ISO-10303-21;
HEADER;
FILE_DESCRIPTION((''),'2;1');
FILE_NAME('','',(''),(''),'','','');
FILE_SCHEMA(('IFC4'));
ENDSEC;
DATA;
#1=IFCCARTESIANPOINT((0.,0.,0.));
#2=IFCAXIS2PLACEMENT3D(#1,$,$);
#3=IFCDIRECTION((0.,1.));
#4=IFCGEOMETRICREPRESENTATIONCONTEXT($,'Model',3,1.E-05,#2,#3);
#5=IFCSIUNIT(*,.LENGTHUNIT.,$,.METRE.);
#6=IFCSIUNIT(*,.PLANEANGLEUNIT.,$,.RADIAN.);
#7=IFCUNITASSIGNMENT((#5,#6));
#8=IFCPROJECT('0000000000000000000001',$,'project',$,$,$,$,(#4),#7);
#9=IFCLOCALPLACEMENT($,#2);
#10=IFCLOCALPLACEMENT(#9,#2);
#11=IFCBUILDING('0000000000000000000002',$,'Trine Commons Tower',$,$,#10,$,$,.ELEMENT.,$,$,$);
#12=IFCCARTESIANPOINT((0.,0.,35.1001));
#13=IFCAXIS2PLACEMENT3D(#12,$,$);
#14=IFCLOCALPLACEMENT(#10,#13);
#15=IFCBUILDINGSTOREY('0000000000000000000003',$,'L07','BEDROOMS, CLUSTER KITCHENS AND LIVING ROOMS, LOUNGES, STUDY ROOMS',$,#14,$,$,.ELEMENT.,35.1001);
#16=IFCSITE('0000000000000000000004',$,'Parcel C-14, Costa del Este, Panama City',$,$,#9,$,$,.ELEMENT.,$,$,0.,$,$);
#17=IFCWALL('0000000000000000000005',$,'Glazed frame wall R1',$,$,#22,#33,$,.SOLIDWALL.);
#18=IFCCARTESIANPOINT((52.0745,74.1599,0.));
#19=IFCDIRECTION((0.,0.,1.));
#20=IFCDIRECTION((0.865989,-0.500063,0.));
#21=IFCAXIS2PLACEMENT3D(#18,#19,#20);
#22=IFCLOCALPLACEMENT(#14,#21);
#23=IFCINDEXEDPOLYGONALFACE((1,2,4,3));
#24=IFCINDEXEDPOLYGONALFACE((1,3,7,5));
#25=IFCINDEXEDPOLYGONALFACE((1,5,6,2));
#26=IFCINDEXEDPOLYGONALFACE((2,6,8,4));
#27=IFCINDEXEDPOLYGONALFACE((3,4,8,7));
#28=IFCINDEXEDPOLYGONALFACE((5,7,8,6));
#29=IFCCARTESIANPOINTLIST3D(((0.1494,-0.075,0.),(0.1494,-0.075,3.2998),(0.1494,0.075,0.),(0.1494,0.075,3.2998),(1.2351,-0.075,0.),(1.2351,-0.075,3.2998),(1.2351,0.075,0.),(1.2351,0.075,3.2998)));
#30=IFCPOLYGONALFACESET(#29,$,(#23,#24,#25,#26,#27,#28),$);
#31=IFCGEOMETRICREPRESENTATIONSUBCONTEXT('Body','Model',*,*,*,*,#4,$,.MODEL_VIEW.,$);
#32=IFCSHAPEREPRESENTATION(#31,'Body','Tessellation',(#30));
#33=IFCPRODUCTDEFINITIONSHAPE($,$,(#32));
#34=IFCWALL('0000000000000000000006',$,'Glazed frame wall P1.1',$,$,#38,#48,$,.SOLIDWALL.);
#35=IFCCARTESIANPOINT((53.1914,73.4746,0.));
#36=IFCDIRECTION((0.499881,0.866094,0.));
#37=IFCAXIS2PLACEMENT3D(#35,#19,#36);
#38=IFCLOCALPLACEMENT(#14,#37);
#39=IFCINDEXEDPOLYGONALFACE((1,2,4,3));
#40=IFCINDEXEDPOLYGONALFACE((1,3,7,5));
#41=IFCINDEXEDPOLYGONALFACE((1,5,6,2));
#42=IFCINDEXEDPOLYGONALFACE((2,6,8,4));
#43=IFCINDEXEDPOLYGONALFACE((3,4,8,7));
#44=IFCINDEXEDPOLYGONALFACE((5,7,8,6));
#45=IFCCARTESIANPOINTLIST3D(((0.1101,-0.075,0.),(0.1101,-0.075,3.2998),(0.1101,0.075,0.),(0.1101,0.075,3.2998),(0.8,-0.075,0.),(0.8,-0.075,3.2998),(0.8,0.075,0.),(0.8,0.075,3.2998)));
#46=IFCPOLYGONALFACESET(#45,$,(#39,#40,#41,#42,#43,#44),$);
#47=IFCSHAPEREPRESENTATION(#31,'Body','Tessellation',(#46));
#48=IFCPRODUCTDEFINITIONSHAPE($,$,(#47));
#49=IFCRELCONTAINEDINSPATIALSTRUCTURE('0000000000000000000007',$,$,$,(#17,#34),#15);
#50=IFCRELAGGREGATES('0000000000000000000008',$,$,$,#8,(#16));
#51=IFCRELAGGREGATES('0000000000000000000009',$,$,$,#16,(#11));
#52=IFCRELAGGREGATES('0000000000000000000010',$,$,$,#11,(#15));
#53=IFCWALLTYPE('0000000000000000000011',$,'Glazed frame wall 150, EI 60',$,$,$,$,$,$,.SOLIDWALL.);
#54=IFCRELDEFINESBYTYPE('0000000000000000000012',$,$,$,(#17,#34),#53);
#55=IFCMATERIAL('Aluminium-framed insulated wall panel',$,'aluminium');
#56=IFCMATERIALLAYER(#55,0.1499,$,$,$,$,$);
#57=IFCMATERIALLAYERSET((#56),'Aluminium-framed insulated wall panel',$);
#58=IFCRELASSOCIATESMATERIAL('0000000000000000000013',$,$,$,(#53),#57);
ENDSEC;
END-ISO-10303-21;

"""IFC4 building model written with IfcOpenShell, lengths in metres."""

from ifc_helpers import new_model, si_unit, direction, frame, origin, place, context, subcontext, project, spatial, polyline, outline, extrude, material, layer, layer_set, type_object, element, save


model = new_model("IFC4")

# Units and contexts
model_context = context("Model", 3, precision=1e-05, world=origin(), true_north=direction((0.0, 1.0)))
body_context = subcontext(model_context, "Body", "Model", "MODEL_VIEW")
ifc_project = project(units=[si_unit("LENGTHUNIT", "METRE"), si_unit("PLANEANGLEUNIT", "RADIAN")], contexts=[model_context])

# Site, building, storey
site_placement = place(None, origin())
site = spatial("IfcSite", under=ifc_project, at=site_placement, Name="Parcel C-14, Costa del Este, Panama City", CompositionType="ELEMENT", RefElevation=0.0)
building_placement = place(site_placement, origin())
building = spatial("IfcBuilding", under=site, at=building_placement, Name="Trine Commons Tower", CompositionType="ELEMENT")
storey_placement = place(building_placement, frame((0.0, 0.0, 35.1001)))
storey = spatial("IfcBuildingStorey", under=building, at=storey_placement, Name="L07", Description="BEDROOMS, CLUSTER KITCHENS AND LIVING ROOMS, LOUNGES, STUDY ROOMS", CompositionType="ELEMENT", Elevation=35.1001)

# Walls
ifc_material_1 = material(Name="Aluminium-framed insulated wall panel", Category="aluminium")
ifc_layer_1 = layer(ifc_material_1, 0.1499)
ifc_layer_set_1 = layer_set([ifc_layer_1], Name="Aluminium-framed insulated wall panel")
wall_type_1 = type_object("IfcWallType", Name="Glazed frame wall 150, EI 60", PredefinedType="SOLIDWALL", material=ifc_layer_set_1)
wall_1_placement = place(storey_placement, frame((52.0745, 74.1599, 0.0), z_axis=(0.0, 0.0, 1.0), x_axis=(0.865989, -0.500063, 0.0)))
element("IfcWall", 1, at=wall_1_placement, inside=storey, type_object=wall_type_1, Name="Glazed frame wall R1", PredefinedType="SOLIDWALL", context=body_context, shape_type="SweptSolid", body=[
    extrude(outline(polyline([(0.1494, 0.075), (0.1494, -0.075), (1.2351, -0.075), (1.2351, 0.075), (0.1494, 0.075)])), origin(), (0.0, 0.0, 1.0), 3.2998),
])
wall_2_placement = place(storey_placement, frame((53.1914, 73.4746, 0.0), z_axis=(0.0, 0.0, 1.0), x_axis=(0.499881, 0.866094, 0.0)))
element("IfcWall", 2, at=wall_2_placement, inside=storey, type_object=wall_type_1, Name="Glazed frame wall P1.1", PredefinedType="SOLIDWALL", context=body_context, shape_type="SweptSolid", body=[
    extrude(outline(polyline([(0.1101, -0.075), (0.8, -0.075), (0.8, 0.075), (0.1101, 0.075), (0.1101, -0.075)])), origin(), (0.0, 0.0, 1.0), 3.2998),
])

save(model, "model.ifc")
